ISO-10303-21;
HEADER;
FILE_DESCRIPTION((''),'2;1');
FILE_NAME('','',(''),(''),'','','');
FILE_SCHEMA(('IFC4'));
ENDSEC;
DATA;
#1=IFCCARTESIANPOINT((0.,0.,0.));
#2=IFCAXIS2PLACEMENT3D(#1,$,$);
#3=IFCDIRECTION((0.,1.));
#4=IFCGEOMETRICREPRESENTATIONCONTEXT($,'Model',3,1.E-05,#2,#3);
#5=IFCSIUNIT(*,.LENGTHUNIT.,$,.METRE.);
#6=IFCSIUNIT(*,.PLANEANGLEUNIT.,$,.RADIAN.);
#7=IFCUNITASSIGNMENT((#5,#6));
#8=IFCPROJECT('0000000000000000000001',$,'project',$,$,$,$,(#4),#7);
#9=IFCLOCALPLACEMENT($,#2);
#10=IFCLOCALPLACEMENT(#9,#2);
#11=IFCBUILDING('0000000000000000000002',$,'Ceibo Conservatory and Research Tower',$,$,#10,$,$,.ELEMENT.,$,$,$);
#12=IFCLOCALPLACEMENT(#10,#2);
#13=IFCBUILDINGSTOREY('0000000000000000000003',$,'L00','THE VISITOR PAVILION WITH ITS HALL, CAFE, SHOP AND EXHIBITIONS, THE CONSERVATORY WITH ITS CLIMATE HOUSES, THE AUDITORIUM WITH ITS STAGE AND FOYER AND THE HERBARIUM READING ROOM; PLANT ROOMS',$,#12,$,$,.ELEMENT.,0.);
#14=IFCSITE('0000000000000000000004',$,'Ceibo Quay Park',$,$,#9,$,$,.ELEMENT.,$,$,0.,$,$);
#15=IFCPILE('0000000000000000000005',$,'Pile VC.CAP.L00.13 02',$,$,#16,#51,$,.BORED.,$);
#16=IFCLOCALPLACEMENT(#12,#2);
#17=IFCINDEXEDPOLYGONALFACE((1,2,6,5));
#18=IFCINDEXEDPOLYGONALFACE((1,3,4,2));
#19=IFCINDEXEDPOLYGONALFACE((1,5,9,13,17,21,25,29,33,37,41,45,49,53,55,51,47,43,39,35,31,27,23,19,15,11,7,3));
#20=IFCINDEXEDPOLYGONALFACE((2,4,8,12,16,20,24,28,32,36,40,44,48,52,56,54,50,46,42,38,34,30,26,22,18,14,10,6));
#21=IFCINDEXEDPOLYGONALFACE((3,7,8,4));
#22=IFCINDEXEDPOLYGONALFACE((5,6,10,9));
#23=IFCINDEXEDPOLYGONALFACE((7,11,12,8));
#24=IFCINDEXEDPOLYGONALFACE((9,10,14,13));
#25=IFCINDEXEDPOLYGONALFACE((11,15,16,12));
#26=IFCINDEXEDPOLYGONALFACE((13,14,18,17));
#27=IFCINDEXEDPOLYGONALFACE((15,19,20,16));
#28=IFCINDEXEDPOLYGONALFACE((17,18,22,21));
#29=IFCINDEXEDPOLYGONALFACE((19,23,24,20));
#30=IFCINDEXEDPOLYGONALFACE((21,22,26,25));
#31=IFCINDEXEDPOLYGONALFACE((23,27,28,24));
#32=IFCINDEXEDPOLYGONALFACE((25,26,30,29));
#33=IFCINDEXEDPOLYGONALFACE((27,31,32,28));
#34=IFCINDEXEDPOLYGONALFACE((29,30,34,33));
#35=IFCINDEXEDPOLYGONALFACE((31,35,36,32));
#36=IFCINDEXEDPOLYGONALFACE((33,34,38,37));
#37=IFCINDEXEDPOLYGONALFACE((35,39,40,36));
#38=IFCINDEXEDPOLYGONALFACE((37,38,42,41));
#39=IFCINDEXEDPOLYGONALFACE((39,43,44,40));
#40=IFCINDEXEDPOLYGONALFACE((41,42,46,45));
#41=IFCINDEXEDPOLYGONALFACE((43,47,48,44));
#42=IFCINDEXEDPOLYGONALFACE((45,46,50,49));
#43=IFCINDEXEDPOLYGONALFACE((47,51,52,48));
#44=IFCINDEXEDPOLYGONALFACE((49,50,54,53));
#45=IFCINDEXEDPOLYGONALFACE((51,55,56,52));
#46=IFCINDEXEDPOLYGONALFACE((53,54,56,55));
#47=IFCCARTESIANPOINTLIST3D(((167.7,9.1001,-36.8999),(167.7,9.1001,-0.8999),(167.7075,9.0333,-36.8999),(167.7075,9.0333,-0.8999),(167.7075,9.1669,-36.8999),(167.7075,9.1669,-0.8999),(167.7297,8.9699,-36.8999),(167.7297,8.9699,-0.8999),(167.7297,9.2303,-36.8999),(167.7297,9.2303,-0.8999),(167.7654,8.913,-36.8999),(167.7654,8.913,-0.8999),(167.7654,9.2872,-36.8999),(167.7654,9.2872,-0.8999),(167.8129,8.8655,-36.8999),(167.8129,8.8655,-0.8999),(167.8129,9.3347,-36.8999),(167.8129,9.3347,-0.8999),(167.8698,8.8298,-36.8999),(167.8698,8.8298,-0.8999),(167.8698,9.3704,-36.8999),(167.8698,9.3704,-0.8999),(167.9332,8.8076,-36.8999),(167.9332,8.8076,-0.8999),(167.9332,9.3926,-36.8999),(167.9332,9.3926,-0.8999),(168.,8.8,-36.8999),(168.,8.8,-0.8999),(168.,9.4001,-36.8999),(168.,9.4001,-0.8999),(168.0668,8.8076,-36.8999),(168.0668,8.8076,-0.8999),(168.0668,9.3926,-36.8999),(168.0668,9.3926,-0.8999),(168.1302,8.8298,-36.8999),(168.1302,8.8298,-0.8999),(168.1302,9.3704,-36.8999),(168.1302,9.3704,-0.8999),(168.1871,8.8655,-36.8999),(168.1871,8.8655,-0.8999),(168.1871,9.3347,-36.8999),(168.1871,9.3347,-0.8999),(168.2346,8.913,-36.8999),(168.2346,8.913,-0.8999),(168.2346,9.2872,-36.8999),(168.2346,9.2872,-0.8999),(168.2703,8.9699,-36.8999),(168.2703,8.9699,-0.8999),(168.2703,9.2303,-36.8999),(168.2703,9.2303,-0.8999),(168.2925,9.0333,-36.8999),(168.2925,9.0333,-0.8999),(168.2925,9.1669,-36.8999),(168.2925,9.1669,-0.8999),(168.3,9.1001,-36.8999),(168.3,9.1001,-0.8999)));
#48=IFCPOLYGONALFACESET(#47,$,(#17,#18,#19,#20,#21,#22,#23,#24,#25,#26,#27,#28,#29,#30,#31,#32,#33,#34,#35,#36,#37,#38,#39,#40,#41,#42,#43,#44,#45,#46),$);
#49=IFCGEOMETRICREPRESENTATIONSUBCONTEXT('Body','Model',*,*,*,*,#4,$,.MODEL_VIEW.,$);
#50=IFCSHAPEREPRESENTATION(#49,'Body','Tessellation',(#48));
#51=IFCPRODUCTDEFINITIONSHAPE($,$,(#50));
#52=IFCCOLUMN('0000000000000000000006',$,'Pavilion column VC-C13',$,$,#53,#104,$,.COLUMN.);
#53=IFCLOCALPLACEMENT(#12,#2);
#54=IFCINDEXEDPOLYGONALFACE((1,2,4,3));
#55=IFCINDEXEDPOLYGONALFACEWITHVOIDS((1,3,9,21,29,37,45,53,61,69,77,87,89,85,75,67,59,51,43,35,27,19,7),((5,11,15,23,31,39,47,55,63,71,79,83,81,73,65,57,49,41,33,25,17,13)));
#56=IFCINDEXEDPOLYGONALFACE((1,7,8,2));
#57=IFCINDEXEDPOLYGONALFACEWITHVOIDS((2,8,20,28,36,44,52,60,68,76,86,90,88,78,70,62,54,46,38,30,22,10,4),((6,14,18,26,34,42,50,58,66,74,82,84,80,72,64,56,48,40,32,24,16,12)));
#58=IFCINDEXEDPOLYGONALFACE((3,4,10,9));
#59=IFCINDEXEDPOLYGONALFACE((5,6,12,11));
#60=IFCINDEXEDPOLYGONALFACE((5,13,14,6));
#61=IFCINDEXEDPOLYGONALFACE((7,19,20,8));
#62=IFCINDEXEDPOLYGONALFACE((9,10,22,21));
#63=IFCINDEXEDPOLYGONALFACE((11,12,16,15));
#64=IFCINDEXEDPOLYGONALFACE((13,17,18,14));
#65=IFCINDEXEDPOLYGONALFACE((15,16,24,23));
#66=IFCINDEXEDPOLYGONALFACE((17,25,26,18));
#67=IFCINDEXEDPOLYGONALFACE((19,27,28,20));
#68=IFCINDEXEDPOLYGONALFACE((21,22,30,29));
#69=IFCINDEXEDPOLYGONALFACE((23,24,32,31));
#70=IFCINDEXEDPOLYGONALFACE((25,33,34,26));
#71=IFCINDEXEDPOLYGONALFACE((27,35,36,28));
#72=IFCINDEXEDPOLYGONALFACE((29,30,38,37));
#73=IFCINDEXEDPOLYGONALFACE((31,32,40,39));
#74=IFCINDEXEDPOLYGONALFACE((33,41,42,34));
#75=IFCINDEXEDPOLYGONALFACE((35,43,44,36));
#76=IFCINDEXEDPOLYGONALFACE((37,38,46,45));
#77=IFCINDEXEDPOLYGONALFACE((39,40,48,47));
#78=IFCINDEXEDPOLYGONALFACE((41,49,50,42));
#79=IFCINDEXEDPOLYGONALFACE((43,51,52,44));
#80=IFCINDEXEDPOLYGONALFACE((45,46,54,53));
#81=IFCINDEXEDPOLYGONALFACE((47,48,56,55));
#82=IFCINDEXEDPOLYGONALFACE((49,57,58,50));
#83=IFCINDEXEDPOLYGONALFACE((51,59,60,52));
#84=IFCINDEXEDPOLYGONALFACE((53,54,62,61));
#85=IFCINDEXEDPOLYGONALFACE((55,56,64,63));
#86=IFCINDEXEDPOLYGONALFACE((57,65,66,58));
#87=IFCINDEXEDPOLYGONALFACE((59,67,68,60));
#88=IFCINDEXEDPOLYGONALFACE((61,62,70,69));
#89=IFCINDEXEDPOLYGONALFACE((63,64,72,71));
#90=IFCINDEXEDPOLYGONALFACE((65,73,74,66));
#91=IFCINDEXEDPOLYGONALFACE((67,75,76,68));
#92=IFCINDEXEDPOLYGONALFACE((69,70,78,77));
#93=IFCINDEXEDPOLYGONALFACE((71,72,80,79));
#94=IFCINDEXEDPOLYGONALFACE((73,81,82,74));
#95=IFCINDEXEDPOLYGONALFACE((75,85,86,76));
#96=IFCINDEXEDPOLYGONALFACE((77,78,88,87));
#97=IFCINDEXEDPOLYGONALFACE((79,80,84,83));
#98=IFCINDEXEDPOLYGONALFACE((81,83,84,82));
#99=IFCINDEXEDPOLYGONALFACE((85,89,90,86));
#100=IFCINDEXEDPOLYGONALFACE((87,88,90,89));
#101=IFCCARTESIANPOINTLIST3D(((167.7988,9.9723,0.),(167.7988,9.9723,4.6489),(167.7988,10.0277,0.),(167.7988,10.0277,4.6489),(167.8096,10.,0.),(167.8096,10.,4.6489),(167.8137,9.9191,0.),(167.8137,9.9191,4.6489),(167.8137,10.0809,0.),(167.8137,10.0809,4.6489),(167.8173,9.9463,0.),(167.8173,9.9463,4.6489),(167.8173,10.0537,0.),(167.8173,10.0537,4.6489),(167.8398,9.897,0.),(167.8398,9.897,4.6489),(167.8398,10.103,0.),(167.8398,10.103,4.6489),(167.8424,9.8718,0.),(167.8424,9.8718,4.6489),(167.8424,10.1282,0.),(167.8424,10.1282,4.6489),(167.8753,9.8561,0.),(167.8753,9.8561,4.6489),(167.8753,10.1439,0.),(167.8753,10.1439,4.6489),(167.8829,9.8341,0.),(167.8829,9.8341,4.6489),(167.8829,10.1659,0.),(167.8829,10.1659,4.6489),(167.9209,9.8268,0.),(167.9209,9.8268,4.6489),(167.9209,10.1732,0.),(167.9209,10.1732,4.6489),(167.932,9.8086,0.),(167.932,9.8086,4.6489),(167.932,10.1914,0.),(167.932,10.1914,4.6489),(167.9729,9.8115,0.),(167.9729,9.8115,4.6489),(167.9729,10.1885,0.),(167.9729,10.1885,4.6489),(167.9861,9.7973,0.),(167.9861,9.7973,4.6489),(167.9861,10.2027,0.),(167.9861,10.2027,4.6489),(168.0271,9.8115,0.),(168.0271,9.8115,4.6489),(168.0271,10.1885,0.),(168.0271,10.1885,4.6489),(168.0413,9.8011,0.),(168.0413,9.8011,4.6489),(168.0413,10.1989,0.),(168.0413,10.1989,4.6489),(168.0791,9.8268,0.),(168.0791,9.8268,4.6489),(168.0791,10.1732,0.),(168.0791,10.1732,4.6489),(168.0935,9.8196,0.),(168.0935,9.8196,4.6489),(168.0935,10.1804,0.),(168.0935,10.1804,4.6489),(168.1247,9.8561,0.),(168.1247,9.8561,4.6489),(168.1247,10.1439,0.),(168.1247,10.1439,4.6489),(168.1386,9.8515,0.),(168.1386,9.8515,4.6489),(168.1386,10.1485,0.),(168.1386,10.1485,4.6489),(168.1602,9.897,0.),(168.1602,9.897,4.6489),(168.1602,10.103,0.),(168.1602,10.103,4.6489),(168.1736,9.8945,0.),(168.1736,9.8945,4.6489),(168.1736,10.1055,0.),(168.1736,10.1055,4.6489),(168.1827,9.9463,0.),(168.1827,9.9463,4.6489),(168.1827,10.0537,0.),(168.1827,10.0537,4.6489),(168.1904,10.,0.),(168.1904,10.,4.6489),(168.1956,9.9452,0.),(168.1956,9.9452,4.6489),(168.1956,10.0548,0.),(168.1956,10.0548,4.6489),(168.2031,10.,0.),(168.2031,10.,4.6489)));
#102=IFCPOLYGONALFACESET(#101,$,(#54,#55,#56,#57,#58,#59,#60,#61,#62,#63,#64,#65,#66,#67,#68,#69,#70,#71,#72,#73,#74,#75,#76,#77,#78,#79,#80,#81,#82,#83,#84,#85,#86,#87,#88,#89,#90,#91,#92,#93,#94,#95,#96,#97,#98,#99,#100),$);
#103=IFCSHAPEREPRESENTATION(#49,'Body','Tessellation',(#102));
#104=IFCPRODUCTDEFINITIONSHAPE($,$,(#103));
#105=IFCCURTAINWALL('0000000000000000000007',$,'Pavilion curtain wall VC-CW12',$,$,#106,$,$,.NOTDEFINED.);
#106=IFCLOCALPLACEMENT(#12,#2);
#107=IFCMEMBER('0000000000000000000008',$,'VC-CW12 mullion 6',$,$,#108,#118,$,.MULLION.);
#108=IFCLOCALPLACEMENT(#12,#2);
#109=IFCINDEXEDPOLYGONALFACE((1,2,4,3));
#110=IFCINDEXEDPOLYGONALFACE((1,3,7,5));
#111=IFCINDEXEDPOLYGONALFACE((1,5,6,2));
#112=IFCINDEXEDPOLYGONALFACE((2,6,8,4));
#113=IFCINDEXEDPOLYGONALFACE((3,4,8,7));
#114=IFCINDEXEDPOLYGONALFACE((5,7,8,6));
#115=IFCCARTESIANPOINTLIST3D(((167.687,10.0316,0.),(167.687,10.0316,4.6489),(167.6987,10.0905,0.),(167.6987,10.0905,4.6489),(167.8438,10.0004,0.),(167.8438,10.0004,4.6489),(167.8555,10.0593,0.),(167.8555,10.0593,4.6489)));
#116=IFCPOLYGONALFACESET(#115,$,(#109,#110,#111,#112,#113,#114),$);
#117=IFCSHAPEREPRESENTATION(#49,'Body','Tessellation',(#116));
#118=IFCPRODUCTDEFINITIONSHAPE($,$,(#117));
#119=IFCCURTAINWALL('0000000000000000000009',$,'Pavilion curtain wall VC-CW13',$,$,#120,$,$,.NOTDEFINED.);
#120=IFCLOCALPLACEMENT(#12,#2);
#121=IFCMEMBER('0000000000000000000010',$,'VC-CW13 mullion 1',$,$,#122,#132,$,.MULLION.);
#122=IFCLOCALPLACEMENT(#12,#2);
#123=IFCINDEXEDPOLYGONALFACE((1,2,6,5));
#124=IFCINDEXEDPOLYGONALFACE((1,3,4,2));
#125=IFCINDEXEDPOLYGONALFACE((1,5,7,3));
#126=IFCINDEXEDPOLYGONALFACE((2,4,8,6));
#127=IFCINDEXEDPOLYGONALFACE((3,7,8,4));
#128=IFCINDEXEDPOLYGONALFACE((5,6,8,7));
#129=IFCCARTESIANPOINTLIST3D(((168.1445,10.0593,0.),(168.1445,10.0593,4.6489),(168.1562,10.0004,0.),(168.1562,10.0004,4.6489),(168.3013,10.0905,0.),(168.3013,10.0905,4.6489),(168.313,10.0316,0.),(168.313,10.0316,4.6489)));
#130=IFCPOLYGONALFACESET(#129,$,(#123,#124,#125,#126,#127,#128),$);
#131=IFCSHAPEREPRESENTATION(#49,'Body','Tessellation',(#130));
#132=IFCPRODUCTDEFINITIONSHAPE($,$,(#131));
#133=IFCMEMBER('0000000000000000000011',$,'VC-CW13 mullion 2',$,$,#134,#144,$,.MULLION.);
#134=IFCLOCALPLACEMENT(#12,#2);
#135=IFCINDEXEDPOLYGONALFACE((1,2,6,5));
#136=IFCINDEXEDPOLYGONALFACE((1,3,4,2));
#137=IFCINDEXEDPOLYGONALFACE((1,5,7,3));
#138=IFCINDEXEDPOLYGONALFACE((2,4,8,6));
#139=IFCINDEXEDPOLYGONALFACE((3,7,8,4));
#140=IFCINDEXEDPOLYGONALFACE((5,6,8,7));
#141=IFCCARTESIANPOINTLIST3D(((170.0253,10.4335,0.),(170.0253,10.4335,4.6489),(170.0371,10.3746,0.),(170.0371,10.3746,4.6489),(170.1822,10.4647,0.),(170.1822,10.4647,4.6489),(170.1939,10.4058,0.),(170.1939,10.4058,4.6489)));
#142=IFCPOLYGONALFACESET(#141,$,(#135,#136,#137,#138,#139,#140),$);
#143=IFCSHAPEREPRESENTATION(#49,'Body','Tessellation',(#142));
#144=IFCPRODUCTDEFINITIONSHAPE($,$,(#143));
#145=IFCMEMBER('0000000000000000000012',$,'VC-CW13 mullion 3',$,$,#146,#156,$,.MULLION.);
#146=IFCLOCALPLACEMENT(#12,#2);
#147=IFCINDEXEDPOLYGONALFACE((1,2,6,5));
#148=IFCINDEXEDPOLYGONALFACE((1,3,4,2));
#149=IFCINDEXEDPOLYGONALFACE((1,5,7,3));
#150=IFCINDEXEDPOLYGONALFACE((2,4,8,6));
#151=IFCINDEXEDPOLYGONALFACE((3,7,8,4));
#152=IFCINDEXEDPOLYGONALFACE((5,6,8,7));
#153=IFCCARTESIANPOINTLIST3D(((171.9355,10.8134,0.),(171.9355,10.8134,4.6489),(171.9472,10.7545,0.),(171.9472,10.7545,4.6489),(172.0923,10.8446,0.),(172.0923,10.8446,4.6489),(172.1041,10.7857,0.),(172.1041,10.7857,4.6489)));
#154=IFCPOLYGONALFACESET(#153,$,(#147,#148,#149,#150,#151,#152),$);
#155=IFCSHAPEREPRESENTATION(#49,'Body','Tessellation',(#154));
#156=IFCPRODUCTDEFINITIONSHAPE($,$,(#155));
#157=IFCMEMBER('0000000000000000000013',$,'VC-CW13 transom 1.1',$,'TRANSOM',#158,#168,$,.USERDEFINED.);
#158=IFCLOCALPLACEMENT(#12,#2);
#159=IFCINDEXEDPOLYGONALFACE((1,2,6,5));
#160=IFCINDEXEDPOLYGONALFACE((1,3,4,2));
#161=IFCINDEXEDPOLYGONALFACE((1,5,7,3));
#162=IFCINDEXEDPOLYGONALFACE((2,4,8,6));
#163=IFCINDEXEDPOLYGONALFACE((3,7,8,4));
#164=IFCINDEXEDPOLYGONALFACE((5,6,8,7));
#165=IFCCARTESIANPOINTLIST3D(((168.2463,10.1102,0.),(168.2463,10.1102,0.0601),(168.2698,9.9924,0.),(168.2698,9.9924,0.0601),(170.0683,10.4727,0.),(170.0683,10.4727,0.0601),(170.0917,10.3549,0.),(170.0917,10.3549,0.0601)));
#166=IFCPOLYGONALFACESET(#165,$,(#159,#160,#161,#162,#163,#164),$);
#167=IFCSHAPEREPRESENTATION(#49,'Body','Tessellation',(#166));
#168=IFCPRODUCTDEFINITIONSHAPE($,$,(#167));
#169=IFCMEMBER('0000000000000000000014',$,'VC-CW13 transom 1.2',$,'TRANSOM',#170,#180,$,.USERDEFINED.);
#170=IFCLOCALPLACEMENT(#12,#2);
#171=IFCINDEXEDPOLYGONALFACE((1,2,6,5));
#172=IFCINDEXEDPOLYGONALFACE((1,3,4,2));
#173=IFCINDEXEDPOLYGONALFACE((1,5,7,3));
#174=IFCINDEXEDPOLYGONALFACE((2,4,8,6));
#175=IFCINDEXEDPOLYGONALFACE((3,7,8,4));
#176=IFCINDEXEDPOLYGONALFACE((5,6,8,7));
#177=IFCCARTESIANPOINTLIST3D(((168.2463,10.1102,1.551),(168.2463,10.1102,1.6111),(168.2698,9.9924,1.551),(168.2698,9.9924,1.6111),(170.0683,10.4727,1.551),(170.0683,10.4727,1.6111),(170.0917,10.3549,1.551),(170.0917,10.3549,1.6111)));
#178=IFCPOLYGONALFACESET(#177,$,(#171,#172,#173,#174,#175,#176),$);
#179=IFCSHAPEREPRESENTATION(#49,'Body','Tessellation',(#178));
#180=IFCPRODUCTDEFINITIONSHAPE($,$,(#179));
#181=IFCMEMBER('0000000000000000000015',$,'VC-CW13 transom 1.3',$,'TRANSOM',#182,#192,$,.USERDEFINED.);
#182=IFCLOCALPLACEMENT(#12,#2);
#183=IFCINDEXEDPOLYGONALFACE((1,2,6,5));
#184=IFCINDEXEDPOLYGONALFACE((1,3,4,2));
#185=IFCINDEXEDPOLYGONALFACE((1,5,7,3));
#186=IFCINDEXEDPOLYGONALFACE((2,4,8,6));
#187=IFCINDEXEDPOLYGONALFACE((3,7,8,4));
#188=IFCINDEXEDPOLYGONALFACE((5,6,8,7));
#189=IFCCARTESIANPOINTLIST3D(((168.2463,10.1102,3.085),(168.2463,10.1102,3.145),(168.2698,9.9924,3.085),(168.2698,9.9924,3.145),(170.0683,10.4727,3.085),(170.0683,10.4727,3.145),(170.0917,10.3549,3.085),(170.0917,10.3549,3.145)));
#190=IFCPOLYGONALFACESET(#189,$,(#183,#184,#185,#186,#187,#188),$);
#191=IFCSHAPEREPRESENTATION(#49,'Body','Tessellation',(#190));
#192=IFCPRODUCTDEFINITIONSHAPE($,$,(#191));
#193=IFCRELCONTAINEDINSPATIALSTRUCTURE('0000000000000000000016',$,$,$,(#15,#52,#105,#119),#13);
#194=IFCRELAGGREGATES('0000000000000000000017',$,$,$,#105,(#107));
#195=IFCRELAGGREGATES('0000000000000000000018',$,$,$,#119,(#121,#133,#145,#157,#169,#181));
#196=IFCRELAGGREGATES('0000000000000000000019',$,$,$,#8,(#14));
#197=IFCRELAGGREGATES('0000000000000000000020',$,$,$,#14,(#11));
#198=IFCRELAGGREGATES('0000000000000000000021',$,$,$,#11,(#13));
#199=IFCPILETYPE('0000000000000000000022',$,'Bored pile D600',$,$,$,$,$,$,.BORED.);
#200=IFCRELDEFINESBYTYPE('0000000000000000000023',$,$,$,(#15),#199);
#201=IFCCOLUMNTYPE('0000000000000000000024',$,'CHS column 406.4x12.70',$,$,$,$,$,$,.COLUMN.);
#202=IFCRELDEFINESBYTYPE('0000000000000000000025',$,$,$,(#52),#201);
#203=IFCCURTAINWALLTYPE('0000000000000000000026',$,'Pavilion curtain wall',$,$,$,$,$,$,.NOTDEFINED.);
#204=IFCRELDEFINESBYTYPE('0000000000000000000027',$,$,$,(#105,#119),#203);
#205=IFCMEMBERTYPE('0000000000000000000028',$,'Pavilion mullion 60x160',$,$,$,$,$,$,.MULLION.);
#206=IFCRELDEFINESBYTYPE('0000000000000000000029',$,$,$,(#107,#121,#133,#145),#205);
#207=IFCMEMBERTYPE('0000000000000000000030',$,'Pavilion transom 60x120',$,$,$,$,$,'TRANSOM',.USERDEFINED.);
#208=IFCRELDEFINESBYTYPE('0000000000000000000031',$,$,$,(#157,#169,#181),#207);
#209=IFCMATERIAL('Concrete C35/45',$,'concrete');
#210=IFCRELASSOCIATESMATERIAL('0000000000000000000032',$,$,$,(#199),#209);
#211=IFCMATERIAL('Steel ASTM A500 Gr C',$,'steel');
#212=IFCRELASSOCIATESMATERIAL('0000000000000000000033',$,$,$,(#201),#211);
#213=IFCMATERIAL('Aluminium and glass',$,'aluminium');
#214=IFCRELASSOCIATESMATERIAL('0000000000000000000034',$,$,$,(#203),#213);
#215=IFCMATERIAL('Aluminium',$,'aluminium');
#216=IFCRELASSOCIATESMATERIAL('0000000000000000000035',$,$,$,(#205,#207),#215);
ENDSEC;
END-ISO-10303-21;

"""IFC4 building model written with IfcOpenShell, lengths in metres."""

from ifc_helpers import new_model, si_unit, direction, frame, origin, origin_2d, place, context, subcontext, project, spatial, rectangle, circle, hollow_circle, extrude, material, material_profile, profile_set, type_object, element, aggregate, save


model = new_model("IFC4")

# Units and contexts
model_context = context("Model", 3, precision=1e-05, world=origin(), true_north=direction((0.0, 1.0)))
body_context = subcontext(model_context, "Body", "Model", "MODEL_VIEW")
ifc_project = project(units=[si_unit("LENGTHUNIT", "METRE"), si_unit("PLANEANGLEUNIT", "RADIAN")], contexts=[model_context])

# Site, building, storey
site_placement = place(None, origin())
site = spatial("IfcSite", under=ifc_project, at=site_placement, Name="Ceibo Quay Park", CompositionType="ELEMENT", RefElevation=0.0)
building_placement = place(site_placement, origin())
building = spatial("IfcBuilding", under=site, at=building_placement, Name="Ceibo Conservatory and Research Tower", CompositionType="ELEMENT")
storey_placement = place(building_placement, origin())
storey = spatial("IfcBuildingStorey", under=building, at=storey_placement, Name="L00", Description="THE VISITOR PAVILION WITH ITS HALL, CAFE, SHOP AND EXHIBITIONS, THE CONSERVATORY WITH ITS CLIMATE HOUSES, THE AUDITORIUM WITH ITS STAGE AND FOYER AND THE HERBARIUM READING ROOM; PLANT ROOMS", CompositionType="ELEMENT", Elevation=0.0)

# Pile
ifc_material_1 = material(Name="Concrete C35/45", Category="concrete")
ifc_material_profile_1 = material_profile(ifc_material_1, circle(Radius=0.3, at=origin_2d()), Name="RC D600")
ifc_profile_set_1 = profile_set([ifc_material_profile_1], Name="Concrete C35/45")
pile_type = type_object("IfcPileType", Name="Bored pile D600", PredefinedType="BORED", material=ifc_profile_set_1)
pile_placement = place(storey_placement, frame((168.0, 9.1001, -0.8999), z_axis=(0.0, 0.0, -1.0), x_axis=(1.0, 0.0, 0.0)))
element("IfcPile", 1, at=pile_placement, inside=storey, type_object=pile_type, Name="Pile VC.CAP.L00.13 02", PredefinedType="BORED", context=body_context, shape_type="SweptSolid", body=[
    extrude(circle(Radius=0.3, at=origin_2d()), origin(), (0.0, 0.0, 1.0), 36.0),
])

# Column
ifc_material_2 = material(Name="Steel ASTM A500 Gr C", Category="steel")
ifc_material_profile_2 = material_profile(ifc_material_2, hollow_circle(Radius=0.2031, WallThickness=0.0127, at=origin_2d()), Name="CHS column 406.4x12.70")
ifc_profile_set_2 = profile_set([ifc_material_profile_2], Name="Steel ASTM A500 Gr C")
column_type = type_object("IfcColumnType", Name="CHS column 406.4x12.70", PredefinedType="COLUMN", material=ifc_profile_set_2)
column_placement = place(storey_placement, frame((168.0, 10.0, 0.0), z_axis=(0.0, 0.0, 1.0), x_axis=(1.0, 0.0, 0.0)))
element("IfcColumn", 2, at=column_placement, inside=storey, type_object=column_type, Name="Pavilion column VC-C13", PredefinedType="COLUMN", context=body_context, shape_type="SweptSolid", body=[
    extrude(hollow_circle(Radius=0.2031, WallThickness=0.0127, at=origin_2d()), origin(), (0.0, 0.0, 1.0), 4.6489),
])

# Curtain wall, member
ifc_material_3 = material(Name="Aluminium and glass", Category="aluminium")
curtain_wall_type = type_object("IfcCurtainWallType", Name="Pavilion curtain wall", PredefinedType="NOTDEFINED", material=ifc_material_3)
curtain_wall_1_placement = place(storey_placement, origin())
curtain_wall_1 = element("IfcCurtainWall", 3, at=curtain_wall_1_placement, inside=storey, type_object=curtain_wall_type, Name="Pavilion curtain wall VC-CW12", PredefinedType="NOTDEFINED")
ifc_material_4 = material(Name="Aluminium", Category="aluminium")
ifc_material_profile_3 = material_profile(ifc_material_4, rectangle(XDim=0.0601, YDim=0.1599, at=origin_2d()), Name="AL 60x160")
ifc_profile_set_3 = profile_set([ifc_material_profile_3], Name="Aluminium")
member_type_1 = type_object("IfcMemberType", Name="Pavilion mullion 60x160", PredefinedType="MULLION", material=ifc_profile_set_3)
member_1_placement = place(storey_placement, frame((167.7712, 10.0454, 0.0), z_axis=(0.0, 0.0, 1.0), x_axis=(0.19509, 0.980785, 0.0)))
member_1 = element("IfcMember", 4, at=member_1_placement, type_object=member_type_1, Name="VC-CW12 mullion 6", PredefinedType="MULLION", context=body_context, shape_type="SweptSolid", body=[
    extrude(rectangle(XDim=0.0601, YDim=0.1599, at=origin_2d()), origin(), (0.0, 0.0, 1.0), 4.6489),
])

# Curtain wall, members
curtain_wall_2_placement = place(storey_placement, origin())
curtain_wall_2 = element("IfcCurtainWall", 5, at=curtain_wall_2_placement, inside=storey, type_object=curtain_wall_type, Name="Pavilion curtain wall VC-CW13", PredefinedType="NOTDEFINED")
member_2_placement = place(storey_placement, frame((168.2288, 10.0454, 0.0), z_axis=(0.0, 0.0, 1.0), x_axis=(-0.19509, 0.980785, 0.0)))
member_2 = element("IfcMember", 6, at=member_2_placement, type_object=member_type_1, Name="VC-CW13 mullion 1", PredefinedType="MULLION", context=body_context, shape_type="SweptSolid", body=[
    extrude(rectangle(XDim=0.0601, YDim=0.1599, at=origin_2d()), origin(), (0.0, 0.0, 1.0), 4.6489),
])
member_3_placement = place(storey_placement, frame((170.1096, 10.4197, 0.0), z_axis=(0.0, 0.0, 1.0), x_axis=(-0.19509, 0.980785, 0.0)))
member_3 = element("IfcMember", 7, at=member_3_placement, type_object=member_type_1, Name="VC-CW13 mullion 2", PredefinedType="MULLION", context=body_context, shape_type="SweptSolid", body=[
    extrude(rectangle(XDim=0.0601, YDim=0.1599, at=origin_2d()), origin(), (0.0, 0.0, 1.0), 4.6489),
])
member_4_placement = place(storey_placement, frame((172.0198, 10.7996, 0.0), z_axis=(0.0, 0.0, 1.0), x_axis=(-0.19509, 0.980785, 0.0)))
member_4 = element("IfcMember", 8, at=member_4_placement, type_object=member_type_1, Name="VC-CW13 mullion 3", PredefinedType="MULLION", context=body_context, shape_type="SweptSolid", body=[
    extrude(rectangle(XDim=0.0601, YDim=0.1599, at=origin_2d()), origin(), (0.0, 0.0, 1.0), 4.6489),
])
ifc_material_profile_4 = material_profile(ifc_material_4, rectangle(XDim=0.1201, YDim=0.0601, at=origin_2d()), Name="AL 60x120")
ifc_profile_set_4 = profile_set([ifc_material_profile_4], Name="Aluminium")
member_type_2 = type_object("IfcMemberType", Name="Pavilion transom 60x120", ElementType="TRANSOM", PredefinedType="USERDEFINED", material=ifc_profile_set_4)
member_5_placement = place(storey_placement, frame((168.2581, 10.0513, 0.03), z_axis=(0.980772, 0.195156, 0.0), x_axis=(-0.195156, 0.980772, 0.0)))
member_5 = element("IfcMember", 9, at=member_5_placement, type_object=member_type_2, Name="VC-CW13 transom 1.1", ObjectType="TRANSOM", PredefinedType="USERDEFINED", context=body_context, shape_type="SweptSolid", body=[
    extrude(rectangle(XDim=0.1201, YDim=0.0601, at=origin_2d()), origin(), (0.0, 0.0, 1.0), 1.8577),
])
member_6_placement = place(storey_placement, frame((168.2581, 10.0513, 1.5811), z_axis=(0.980772, 0.195156, 0.0), x_axis=(-0.195156, 0.980772, 0.0)))
member_6 = element("IfcMember", 10, at=member_6_placement, type_object=member_type_2, Name="VC-CW13 transom 1.2", ObjectType="TRANSOM", PredefinedType="USERDEFINED", context=body_context, shape_type="SweptSolid", body=[
    extrude(rectangle(XDim=0.1201, YDim=0.0601, at=origin_2d()), origin(), (0.0, 0.0, 1.0), 1.8577),
])
member_7_placement = place(storey_placement, frame((168.2581, 10.0513, 3.115), z_axis=(0.980772, 0.195156, 0.0), x_axis=(-0.195156, 0.980772, 0.0)))
member_7 = element("IfcMember", 11, at=member_7_placement, type_object=member_type_2, Name="VC-CW13 transom 1.3", ObjectType="TRANSOM", PredefinedType="USERDEFINED", context=body_context, shape_type="SweptSolid", body=[
    extrude(rectangle(XDim=0.1201, YDim=0.0601, at=origin_2d()), origin(), (0.0, 0.0, 1.0), 1.8577),
])

aggregate(curtain_wall_1, [member_1])
aggregate(curtain_wall_2, [member_2, member_3, member_4, member_5, member_6, member_7])

save(model, "model.ifc")
